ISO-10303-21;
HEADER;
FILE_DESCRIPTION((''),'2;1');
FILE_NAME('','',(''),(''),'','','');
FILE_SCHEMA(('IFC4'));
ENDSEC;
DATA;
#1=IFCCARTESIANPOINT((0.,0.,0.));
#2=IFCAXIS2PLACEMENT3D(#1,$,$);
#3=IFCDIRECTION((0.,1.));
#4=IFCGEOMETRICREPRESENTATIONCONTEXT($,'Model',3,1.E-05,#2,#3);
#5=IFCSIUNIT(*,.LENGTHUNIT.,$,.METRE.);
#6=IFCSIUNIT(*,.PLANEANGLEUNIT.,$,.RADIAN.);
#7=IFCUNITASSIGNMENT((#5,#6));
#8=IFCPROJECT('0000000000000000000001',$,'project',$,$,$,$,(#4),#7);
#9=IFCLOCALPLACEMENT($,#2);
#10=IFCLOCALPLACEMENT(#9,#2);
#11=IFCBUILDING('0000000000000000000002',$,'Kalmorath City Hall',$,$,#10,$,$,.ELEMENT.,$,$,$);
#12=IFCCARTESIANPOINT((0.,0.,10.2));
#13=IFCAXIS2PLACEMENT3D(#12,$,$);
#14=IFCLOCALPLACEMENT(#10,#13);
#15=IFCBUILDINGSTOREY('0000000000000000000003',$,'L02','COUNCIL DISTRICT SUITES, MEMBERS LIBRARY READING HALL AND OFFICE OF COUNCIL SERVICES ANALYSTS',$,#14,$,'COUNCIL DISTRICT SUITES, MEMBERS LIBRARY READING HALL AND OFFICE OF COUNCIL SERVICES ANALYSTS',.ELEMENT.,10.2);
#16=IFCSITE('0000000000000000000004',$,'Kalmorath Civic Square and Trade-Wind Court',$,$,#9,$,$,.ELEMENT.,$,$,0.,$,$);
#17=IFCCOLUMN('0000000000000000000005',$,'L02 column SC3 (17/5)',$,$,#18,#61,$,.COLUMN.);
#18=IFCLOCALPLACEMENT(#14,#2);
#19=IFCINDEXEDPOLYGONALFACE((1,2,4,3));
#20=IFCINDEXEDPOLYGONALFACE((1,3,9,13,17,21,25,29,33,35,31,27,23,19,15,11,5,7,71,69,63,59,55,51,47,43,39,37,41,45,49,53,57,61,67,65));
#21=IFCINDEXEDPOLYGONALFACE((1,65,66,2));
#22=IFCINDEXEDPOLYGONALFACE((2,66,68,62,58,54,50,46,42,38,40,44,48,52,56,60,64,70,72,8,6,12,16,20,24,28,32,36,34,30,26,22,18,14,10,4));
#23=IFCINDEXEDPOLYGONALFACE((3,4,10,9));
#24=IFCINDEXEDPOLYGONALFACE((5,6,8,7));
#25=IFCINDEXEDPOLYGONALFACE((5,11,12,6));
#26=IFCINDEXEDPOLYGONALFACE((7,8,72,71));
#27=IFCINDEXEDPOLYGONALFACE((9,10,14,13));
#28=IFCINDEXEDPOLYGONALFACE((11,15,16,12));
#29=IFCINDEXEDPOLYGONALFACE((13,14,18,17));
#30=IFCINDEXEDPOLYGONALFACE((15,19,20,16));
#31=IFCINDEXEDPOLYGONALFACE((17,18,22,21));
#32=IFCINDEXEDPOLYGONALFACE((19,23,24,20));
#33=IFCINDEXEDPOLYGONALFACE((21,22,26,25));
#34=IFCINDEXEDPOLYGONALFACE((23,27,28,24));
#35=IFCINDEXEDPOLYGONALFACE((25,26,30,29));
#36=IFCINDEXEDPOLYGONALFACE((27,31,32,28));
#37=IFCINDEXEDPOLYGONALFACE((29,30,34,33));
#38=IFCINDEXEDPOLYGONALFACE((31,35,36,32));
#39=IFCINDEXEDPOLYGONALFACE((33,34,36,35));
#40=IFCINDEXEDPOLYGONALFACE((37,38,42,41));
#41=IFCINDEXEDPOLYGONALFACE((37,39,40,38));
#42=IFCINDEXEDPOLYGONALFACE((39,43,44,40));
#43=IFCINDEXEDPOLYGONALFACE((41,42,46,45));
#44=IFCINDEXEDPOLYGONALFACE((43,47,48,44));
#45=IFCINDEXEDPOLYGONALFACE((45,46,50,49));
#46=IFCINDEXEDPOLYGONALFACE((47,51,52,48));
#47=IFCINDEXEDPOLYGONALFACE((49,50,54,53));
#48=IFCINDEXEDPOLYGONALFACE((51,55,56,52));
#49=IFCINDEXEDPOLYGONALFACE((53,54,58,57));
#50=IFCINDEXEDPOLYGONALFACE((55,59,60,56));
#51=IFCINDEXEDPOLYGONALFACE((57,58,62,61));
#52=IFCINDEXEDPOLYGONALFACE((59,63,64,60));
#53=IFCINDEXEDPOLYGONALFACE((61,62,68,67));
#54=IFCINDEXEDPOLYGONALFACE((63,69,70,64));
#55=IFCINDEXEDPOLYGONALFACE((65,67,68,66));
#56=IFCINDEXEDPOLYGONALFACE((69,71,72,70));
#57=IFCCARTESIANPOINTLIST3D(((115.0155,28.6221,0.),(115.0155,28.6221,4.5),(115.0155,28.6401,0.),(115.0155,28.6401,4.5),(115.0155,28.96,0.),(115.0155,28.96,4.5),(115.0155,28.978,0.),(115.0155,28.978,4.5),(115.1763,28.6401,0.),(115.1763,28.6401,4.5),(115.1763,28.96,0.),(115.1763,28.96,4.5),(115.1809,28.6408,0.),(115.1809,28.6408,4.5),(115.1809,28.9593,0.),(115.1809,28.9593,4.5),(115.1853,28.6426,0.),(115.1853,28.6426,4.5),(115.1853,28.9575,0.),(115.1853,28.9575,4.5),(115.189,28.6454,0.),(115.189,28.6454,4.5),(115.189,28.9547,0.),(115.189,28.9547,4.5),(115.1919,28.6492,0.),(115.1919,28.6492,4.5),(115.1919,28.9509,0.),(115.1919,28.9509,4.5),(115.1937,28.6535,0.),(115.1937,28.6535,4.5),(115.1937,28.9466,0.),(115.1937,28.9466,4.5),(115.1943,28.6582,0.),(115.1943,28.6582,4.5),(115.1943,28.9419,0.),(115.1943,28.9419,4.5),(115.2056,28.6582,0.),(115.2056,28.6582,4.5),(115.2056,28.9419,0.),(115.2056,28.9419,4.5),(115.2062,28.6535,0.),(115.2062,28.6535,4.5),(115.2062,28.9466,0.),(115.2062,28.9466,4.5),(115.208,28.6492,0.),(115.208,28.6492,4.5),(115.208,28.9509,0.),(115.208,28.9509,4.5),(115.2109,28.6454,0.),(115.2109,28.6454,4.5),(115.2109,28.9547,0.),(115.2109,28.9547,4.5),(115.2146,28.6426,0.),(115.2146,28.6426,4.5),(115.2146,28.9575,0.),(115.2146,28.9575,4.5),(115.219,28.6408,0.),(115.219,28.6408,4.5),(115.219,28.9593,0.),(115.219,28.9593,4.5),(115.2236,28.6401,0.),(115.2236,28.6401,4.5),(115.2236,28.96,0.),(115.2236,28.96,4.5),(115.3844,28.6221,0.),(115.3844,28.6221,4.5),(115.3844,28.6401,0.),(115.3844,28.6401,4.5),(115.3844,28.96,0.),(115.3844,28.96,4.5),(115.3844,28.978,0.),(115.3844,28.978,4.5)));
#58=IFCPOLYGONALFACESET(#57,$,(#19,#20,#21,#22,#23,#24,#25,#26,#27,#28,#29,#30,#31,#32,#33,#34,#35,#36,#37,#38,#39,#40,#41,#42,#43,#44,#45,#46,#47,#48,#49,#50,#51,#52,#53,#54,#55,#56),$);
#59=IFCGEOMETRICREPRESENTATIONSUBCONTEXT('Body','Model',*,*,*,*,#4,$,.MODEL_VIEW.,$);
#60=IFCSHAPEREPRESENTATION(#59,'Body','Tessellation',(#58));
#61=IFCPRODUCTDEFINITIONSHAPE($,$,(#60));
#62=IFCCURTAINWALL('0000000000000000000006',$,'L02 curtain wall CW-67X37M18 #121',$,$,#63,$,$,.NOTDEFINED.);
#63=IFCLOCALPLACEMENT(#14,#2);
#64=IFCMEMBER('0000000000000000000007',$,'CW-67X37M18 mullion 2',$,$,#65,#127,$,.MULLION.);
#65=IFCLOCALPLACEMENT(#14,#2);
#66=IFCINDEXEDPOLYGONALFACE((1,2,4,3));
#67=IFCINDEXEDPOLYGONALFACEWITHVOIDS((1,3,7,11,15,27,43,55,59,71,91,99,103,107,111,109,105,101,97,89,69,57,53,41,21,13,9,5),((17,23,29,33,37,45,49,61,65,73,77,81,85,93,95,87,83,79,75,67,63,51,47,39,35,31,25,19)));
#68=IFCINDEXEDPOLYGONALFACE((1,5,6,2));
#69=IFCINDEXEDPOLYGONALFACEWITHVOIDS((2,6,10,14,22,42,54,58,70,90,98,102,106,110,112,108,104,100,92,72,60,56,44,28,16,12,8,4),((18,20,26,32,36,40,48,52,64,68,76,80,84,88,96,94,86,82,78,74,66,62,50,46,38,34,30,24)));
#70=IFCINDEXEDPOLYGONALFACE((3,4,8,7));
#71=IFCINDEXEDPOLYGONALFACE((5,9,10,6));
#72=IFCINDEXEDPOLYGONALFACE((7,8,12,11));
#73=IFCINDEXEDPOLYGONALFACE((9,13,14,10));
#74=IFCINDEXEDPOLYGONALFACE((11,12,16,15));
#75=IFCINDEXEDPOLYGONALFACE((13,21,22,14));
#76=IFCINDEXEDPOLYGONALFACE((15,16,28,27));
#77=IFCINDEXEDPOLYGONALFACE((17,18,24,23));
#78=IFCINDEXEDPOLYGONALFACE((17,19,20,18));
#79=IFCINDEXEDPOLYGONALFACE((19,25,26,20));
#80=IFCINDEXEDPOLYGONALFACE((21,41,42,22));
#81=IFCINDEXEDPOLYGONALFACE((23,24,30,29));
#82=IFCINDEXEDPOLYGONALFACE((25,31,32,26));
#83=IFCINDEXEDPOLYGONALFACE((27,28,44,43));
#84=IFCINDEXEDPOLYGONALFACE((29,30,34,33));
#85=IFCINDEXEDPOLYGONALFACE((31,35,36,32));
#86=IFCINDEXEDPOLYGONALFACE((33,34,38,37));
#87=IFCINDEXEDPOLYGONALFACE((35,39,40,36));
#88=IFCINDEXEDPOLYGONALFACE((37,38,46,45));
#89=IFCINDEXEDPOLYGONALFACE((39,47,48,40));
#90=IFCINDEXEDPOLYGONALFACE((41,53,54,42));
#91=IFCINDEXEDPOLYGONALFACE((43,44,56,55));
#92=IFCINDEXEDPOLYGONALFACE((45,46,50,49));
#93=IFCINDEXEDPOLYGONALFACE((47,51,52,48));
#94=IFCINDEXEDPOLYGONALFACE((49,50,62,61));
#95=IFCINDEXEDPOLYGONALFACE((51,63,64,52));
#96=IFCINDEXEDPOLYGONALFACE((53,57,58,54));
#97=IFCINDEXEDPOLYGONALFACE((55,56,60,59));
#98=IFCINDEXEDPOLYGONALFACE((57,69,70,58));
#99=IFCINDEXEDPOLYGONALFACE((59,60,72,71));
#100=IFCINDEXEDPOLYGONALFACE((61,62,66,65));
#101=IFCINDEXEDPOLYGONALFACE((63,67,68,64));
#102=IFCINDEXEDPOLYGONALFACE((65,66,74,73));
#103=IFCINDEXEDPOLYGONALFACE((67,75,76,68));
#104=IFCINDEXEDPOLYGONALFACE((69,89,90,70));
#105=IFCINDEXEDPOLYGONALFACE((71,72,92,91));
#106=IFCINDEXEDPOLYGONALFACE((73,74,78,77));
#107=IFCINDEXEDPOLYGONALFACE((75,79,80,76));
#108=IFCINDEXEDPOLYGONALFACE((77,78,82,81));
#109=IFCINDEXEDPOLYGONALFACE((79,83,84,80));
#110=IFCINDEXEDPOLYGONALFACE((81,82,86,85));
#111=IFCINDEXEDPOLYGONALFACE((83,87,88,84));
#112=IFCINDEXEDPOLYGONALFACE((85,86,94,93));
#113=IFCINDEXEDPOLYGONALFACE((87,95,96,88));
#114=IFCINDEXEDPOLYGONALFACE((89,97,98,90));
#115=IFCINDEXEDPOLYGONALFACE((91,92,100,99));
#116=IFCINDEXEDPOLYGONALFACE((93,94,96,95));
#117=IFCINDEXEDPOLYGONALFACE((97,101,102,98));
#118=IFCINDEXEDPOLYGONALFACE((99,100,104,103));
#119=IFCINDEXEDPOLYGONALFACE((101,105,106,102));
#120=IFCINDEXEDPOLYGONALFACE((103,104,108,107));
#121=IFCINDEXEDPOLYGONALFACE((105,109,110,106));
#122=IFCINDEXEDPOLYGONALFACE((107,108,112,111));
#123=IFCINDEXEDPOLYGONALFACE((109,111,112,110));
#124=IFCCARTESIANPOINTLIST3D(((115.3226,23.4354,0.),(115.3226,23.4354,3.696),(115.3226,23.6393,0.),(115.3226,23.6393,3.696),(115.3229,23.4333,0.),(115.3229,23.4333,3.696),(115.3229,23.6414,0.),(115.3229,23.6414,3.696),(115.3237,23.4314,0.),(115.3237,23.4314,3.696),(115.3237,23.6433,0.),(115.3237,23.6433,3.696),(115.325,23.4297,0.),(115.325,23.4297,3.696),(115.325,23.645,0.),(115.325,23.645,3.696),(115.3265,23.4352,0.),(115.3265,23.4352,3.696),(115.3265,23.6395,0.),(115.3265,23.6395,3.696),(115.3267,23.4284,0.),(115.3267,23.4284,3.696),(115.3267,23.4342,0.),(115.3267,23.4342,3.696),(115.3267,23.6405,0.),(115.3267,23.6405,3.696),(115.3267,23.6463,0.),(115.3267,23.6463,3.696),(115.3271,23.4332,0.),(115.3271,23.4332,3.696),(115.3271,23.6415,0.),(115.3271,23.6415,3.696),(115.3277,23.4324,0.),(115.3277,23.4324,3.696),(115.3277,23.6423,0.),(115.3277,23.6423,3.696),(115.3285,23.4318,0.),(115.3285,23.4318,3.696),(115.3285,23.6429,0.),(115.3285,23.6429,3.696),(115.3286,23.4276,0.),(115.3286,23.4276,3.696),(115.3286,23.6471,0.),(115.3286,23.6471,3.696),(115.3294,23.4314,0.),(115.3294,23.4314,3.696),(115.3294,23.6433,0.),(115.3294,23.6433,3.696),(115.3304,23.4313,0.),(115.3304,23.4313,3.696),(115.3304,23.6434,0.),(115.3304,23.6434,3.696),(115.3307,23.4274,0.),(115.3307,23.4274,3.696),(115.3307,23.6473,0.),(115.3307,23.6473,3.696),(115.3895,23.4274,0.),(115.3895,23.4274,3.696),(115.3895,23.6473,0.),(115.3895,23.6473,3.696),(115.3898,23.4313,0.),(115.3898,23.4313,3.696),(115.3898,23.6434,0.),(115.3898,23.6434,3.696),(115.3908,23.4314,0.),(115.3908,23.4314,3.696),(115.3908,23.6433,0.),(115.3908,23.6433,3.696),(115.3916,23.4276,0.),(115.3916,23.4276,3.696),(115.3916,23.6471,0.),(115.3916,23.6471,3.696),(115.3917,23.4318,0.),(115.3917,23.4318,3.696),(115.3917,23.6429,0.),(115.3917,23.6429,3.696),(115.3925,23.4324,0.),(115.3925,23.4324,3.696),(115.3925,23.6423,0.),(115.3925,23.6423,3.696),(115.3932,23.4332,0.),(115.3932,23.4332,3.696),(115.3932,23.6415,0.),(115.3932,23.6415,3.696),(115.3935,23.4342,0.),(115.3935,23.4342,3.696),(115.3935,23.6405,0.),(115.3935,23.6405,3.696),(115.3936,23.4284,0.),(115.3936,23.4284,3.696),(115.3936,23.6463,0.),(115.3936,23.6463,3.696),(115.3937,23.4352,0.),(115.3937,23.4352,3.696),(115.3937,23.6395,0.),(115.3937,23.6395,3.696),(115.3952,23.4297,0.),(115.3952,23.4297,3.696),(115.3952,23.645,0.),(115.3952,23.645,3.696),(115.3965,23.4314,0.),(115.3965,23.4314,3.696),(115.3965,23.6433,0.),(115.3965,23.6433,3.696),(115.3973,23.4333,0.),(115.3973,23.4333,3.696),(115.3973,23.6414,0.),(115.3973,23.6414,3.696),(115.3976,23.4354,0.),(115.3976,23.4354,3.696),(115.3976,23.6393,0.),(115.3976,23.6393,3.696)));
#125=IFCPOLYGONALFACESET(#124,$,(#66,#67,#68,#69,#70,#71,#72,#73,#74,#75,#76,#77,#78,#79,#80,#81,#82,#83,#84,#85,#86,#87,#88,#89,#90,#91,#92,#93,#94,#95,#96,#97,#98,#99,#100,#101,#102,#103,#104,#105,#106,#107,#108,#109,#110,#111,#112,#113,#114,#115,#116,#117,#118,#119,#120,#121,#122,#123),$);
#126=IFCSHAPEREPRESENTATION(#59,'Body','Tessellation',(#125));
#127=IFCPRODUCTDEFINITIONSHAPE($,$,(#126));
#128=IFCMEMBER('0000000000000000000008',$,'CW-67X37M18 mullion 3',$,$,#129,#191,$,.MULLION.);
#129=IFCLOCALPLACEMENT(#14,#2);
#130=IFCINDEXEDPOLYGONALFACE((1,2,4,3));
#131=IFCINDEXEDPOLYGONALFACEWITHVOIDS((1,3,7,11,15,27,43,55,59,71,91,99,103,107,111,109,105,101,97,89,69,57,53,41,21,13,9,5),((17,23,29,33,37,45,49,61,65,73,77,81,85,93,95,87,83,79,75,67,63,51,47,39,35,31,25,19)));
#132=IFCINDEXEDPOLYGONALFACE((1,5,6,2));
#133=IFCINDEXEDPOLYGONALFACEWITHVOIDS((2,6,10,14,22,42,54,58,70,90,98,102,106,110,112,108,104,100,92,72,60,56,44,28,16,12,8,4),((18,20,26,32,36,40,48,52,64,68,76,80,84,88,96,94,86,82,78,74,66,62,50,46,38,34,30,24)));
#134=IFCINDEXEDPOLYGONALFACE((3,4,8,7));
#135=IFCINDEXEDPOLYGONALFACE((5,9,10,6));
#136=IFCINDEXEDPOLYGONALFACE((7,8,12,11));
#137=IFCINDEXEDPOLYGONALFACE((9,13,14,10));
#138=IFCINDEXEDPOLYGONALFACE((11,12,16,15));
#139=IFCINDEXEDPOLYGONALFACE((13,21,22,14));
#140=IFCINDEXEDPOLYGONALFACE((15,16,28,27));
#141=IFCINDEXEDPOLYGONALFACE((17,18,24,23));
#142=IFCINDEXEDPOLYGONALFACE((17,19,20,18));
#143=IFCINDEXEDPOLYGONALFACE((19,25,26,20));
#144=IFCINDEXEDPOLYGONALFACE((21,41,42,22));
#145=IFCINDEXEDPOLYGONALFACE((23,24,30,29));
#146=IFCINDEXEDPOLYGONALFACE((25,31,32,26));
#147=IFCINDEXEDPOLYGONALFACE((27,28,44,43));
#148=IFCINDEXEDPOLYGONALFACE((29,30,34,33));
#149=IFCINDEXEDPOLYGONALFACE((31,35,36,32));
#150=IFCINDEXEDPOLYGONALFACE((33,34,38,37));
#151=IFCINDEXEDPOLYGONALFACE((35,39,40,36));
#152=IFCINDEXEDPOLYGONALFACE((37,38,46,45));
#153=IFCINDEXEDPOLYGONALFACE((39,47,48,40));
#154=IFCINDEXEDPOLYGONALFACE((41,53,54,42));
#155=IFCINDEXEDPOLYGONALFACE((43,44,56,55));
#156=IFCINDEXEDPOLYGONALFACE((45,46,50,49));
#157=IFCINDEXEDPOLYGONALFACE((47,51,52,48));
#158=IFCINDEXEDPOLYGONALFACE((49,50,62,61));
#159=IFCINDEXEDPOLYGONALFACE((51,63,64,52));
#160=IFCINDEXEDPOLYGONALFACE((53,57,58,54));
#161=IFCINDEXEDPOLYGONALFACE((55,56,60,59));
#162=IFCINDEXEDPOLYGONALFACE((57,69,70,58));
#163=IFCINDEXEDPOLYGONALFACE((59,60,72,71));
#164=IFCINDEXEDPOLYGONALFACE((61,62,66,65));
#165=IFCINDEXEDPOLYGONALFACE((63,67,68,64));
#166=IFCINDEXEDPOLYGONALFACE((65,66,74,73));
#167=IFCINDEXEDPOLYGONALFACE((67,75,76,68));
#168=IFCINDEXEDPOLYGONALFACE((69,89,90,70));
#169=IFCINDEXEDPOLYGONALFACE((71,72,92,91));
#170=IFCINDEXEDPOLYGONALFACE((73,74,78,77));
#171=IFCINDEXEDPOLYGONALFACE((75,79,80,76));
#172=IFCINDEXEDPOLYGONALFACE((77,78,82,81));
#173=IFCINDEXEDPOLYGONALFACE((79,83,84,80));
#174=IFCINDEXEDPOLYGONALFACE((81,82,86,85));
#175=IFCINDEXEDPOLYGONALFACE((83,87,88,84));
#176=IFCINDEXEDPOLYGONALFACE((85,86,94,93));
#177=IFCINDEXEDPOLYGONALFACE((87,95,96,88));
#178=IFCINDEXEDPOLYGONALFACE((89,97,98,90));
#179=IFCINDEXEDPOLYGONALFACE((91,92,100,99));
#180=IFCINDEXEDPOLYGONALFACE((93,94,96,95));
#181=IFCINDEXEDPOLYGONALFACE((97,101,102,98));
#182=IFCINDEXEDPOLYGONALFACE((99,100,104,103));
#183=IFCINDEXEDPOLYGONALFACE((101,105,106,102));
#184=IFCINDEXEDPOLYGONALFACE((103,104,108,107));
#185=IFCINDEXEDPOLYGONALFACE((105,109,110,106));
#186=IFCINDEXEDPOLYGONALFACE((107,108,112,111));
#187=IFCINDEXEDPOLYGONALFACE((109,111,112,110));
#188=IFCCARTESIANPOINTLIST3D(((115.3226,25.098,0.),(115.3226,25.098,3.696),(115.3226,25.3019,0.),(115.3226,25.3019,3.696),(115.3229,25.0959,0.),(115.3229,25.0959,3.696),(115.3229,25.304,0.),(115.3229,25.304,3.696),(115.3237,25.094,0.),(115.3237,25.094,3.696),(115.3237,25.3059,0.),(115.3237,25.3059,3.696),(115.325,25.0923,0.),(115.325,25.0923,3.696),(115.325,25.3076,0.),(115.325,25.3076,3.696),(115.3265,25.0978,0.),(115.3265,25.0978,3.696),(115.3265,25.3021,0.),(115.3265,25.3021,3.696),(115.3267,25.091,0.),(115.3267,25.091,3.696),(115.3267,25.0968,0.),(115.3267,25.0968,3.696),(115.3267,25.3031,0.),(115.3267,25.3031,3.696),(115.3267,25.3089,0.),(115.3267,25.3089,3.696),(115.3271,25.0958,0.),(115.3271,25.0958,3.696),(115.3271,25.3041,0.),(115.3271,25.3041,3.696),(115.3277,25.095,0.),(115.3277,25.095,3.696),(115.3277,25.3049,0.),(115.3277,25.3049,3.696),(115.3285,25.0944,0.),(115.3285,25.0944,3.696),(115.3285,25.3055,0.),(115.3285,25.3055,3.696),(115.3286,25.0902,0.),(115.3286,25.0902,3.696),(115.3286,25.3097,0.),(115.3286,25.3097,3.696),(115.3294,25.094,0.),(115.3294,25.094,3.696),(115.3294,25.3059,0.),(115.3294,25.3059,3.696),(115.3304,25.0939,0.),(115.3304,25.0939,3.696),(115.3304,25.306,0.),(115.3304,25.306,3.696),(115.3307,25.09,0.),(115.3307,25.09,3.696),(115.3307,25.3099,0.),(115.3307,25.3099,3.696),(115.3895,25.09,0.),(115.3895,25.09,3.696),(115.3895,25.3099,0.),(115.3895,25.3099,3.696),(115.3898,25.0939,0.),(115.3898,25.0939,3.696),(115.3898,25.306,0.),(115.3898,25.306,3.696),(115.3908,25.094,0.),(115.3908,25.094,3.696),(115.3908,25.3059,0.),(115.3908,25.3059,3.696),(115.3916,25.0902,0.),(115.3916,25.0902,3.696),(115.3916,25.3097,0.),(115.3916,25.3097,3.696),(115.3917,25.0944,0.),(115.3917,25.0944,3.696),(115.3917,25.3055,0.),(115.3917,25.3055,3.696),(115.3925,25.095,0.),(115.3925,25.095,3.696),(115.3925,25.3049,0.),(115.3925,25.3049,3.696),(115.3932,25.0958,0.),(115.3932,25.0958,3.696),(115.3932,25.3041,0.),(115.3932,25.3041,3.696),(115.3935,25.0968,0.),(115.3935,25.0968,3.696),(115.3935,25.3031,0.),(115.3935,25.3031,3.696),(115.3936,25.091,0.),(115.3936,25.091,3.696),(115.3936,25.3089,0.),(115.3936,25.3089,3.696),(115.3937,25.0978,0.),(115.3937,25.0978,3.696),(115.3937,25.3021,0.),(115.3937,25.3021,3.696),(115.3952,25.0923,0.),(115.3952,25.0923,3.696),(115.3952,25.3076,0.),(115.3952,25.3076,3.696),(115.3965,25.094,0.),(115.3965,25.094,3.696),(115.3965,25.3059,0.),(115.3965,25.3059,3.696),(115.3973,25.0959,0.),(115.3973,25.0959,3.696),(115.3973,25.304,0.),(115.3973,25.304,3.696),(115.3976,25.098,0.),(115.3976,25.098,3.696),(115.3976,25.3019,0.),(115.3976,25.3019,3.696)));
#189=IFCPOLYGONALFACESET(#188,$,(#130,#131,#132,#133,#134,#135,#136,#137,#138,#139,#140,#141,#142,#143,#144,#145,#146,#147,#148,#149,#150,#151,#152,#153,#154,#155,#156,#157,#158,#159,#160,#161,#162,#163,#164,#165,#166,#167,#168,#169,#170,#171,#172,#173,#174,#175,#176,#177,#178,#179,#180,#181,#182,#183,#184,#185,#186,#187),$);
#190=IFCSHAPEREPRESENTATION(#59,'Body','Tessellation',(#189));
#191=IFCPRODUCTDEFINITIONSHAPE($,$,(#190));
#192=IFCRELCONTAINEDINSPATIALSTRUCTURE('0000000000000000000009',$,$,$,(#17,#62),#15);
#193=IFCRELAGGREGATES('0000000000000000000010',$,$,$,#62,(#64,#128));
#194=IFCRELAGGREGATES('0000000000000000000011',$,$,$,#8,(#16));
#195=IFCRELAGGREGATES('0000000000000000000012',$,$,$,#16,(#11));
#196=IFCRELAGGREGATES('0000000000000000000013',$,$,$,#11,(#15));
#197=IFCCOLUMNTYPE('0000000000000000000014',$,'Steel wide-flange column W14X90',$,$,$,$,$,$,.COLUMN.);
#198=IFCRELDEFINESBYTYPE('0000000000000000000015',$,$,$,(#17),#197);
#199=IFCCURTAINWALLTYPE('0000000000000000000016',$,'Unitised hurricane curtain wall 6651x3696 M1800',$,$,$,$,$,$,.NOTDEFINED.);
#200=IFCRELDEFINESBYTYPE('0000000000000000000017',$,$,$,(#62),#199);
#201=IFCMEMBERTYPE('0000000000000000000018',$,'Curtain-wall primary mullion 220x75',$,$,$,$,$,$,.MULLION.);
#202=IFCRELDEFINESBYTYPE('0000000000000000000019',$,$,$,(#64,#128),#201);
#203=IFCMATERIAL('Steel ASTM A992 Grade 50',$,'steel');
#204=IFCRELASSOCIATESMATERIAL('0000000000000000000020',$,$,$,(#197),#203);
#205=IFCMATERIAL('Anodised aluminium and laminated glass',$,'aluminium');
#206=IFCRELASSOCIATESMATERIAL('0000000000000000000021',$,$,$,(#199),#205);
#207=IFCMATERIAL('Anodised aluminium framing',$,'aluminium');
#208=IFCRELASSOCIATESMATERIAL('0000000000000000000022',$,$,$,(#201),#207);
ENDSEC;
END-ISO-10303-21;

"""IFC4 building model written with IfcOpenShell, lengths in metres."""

from ifc_helpers import new_model, si_unit, direction, frame, origin, origin_2d, place, context, subcontext, project, spatial, hollow_rectangle, i_section, extrude, material, material_profile, profile_set, type_object, element, aggregate, save


model = new_model("IFC4")

# Units and contexts
model_context = context("Model", 3, precision=1e-05, world=origin(), true_north=direction((0.0, 1.0)))
body_context = subcontext(model_context, "Body", "Model", "MODEL_VIEW")
ifc_project = project(units=[si_unit("LENGTHUNIT", "METRE"), si_unit("PLANEANGLEUNIT", "RADIAN")], contexts=[model_context])

# Site, building, storey
site_placement = place(None, origin())
site = spatial("IfcSite", under=ifc_project, at=site_placement, Name="Kalmorath Civic Square and Trade-Wind Court", CompositionType="ELEMENT", RefElevation=0.0)
building_placement = place(site_placement, origin())
building = spatial("IfcBuilding", under=site, at=building_placement, Name="Kalmorath City Hall", CompositionType="ELEMENT")
storey_placement = place(building_placement, frame((0.0, 0.0, 10.2)))
storey = spatial("IfcBuildingStorey", under=building, at=storey_placement, Name="L02", Description="COUNCIL DISTRICT SUITES, MEMBERS LIBRARY READING HALL AND OFFICE OF COUNCIL SERVICES ANALYSTS", LongName="COUNCIL DISTRICT SUITES, MEMBERS LIBRARY READING HALL AND OFFICE OF COUNCIL SERVICES ANALYSTS", CompositionType="ELEMENT", Elevation=10.2)

# Column
ifc_material_1 = material(Name="Steel ASTM A992 Grade 50", Category="steel")
ifc_material_profile_1 = material_profile(ifc_material_1, i_section(OverallWidth=0.3689, OverallDepth=0.356, WebThickness=0.0112, FlangeThickness=0.0181, FilletRadius=0.0181, at=origin_2d()), Name="W14X90")
ifc_profile_set_1 = profile_set([ifc_material_profile_1], Name="Steel ASTM A992 Grade 50")
column_type = type_object("IfcColumnType", Name="Steel wide-flange column W14X90", PredefinedType="COLUMN", material=ifc_profile_set_1)
column_placement = place(storey_placement, frame((115.2, 28.8, 0.0), z_axis=(0.0, 0.0, 1.0), x_axis=(1.0, 0.0, 0.0)))
element("IfcColumn", 1, at=column_placement, inside=storey, type_object=column_type, Name="L02 column SC3 (17/5)", PredefinedType="COLUMN", context=body_context, shape_type="SweptSolid", body=[
    extrude(i_section(OverallWidth=0.3689, OverallDepth=0.356, WebThickness=0.0112, FlangeThickness=0.0181, FilletRadius=0.0181, at=origin_2d()), origin(), (0.0, 0.0, 1.0), 4.5),
])

# Curtain wall, members
ifc_material_2 = material(Name="Anodised aluminium and laminated glass", Category="aluminium")
curtain_wall_type = type_object("IfcCurtainWallType", Name="Unitised hurricane curtain wall 6651x3696 M1800", PredefinedType="NOTDEFINED", material=ifc_material_2)
curtain_wall_placement = place(storey_placement, origin())
curtain_wall = element("IfcCurtainWall", 2, at=curtain_wall_placement, inside=storey, type_object=curtain_wall_type, Name="L02 curtain wall CW-67X37M18 #121", PredefinedType="NOTDEFINED")
ifc_material_3 = material(Name="Anodised aluminium framing", Category="aluminium")
ifc_material_profile_2 = material_profile(ifc_material_3, hollow_rectangle(XDim=0.075, YDim=0.22, WallThickness=0.0039, InnerFilletRadius=0.0039, OuterFilletRadius=0.0081, at=origin_2d()), Name="ALU-MUL-220X75X4")
ifc_profile_set_2 = profile_set([ifc_material_profile_2], Name="Anodised aluminium framing")
member_type_1 = type_object("IfcMemberType", Name="Curtain-wall primary mullion 220x75", PredefinedType="MULLION", material=ifc_profile_set_2)
member_1_placement = place(storey_placement, frame((115.3601, 23.5374, 0.0), z_axis=(0.0, 0.0, 1.0), x_axis=(-1.0, 0.0, 0.0)))
member_1 = element("IfcMember", 3, at=member_1_placement, type_object=member_type_1, Name="CW-67X37M18 mullion 2", PredefinedType="MULLION", context=body_context, shape_type="SweptSolid", body=[
    extrude(hollow_rectangle(XDim=0.075, YDim=0.22, WallThickness=0.0039, InnerFilletRadius=0.0039, OuterFilletRadius=0.0081, at=origin_2d()), origin(), (0.0, 0.0, 1.0), 3.696),
])
member_2_placement = place(storey_placement, frame((115.3601, 25.2, 0.0), z_axis=(0.0, 0.0, 1.0), x_axis=(-1.0, 0.0, 0.0)))
member_2 = element("IfcMember", 4, at=member_2_placement, type_object=member_type_1, Name="CW-67X37M18 mullion 3", PredefinedType="MULLION", context=body_context, shape_type="SweptSolid", body=[
    extrude(hollow_rectangle(XDim=0.075, YDim=0.22, WallThickness=0.0039, InnerFilletRadius=0.0039, OuterFilletRadius=0.0081, at=origin_2d()), origin(), (0.0, 0.0, 1.0), 3.696),
])

aggregate(curtain_wall, [member_1, member_2])

save(model, "model.ifc")
